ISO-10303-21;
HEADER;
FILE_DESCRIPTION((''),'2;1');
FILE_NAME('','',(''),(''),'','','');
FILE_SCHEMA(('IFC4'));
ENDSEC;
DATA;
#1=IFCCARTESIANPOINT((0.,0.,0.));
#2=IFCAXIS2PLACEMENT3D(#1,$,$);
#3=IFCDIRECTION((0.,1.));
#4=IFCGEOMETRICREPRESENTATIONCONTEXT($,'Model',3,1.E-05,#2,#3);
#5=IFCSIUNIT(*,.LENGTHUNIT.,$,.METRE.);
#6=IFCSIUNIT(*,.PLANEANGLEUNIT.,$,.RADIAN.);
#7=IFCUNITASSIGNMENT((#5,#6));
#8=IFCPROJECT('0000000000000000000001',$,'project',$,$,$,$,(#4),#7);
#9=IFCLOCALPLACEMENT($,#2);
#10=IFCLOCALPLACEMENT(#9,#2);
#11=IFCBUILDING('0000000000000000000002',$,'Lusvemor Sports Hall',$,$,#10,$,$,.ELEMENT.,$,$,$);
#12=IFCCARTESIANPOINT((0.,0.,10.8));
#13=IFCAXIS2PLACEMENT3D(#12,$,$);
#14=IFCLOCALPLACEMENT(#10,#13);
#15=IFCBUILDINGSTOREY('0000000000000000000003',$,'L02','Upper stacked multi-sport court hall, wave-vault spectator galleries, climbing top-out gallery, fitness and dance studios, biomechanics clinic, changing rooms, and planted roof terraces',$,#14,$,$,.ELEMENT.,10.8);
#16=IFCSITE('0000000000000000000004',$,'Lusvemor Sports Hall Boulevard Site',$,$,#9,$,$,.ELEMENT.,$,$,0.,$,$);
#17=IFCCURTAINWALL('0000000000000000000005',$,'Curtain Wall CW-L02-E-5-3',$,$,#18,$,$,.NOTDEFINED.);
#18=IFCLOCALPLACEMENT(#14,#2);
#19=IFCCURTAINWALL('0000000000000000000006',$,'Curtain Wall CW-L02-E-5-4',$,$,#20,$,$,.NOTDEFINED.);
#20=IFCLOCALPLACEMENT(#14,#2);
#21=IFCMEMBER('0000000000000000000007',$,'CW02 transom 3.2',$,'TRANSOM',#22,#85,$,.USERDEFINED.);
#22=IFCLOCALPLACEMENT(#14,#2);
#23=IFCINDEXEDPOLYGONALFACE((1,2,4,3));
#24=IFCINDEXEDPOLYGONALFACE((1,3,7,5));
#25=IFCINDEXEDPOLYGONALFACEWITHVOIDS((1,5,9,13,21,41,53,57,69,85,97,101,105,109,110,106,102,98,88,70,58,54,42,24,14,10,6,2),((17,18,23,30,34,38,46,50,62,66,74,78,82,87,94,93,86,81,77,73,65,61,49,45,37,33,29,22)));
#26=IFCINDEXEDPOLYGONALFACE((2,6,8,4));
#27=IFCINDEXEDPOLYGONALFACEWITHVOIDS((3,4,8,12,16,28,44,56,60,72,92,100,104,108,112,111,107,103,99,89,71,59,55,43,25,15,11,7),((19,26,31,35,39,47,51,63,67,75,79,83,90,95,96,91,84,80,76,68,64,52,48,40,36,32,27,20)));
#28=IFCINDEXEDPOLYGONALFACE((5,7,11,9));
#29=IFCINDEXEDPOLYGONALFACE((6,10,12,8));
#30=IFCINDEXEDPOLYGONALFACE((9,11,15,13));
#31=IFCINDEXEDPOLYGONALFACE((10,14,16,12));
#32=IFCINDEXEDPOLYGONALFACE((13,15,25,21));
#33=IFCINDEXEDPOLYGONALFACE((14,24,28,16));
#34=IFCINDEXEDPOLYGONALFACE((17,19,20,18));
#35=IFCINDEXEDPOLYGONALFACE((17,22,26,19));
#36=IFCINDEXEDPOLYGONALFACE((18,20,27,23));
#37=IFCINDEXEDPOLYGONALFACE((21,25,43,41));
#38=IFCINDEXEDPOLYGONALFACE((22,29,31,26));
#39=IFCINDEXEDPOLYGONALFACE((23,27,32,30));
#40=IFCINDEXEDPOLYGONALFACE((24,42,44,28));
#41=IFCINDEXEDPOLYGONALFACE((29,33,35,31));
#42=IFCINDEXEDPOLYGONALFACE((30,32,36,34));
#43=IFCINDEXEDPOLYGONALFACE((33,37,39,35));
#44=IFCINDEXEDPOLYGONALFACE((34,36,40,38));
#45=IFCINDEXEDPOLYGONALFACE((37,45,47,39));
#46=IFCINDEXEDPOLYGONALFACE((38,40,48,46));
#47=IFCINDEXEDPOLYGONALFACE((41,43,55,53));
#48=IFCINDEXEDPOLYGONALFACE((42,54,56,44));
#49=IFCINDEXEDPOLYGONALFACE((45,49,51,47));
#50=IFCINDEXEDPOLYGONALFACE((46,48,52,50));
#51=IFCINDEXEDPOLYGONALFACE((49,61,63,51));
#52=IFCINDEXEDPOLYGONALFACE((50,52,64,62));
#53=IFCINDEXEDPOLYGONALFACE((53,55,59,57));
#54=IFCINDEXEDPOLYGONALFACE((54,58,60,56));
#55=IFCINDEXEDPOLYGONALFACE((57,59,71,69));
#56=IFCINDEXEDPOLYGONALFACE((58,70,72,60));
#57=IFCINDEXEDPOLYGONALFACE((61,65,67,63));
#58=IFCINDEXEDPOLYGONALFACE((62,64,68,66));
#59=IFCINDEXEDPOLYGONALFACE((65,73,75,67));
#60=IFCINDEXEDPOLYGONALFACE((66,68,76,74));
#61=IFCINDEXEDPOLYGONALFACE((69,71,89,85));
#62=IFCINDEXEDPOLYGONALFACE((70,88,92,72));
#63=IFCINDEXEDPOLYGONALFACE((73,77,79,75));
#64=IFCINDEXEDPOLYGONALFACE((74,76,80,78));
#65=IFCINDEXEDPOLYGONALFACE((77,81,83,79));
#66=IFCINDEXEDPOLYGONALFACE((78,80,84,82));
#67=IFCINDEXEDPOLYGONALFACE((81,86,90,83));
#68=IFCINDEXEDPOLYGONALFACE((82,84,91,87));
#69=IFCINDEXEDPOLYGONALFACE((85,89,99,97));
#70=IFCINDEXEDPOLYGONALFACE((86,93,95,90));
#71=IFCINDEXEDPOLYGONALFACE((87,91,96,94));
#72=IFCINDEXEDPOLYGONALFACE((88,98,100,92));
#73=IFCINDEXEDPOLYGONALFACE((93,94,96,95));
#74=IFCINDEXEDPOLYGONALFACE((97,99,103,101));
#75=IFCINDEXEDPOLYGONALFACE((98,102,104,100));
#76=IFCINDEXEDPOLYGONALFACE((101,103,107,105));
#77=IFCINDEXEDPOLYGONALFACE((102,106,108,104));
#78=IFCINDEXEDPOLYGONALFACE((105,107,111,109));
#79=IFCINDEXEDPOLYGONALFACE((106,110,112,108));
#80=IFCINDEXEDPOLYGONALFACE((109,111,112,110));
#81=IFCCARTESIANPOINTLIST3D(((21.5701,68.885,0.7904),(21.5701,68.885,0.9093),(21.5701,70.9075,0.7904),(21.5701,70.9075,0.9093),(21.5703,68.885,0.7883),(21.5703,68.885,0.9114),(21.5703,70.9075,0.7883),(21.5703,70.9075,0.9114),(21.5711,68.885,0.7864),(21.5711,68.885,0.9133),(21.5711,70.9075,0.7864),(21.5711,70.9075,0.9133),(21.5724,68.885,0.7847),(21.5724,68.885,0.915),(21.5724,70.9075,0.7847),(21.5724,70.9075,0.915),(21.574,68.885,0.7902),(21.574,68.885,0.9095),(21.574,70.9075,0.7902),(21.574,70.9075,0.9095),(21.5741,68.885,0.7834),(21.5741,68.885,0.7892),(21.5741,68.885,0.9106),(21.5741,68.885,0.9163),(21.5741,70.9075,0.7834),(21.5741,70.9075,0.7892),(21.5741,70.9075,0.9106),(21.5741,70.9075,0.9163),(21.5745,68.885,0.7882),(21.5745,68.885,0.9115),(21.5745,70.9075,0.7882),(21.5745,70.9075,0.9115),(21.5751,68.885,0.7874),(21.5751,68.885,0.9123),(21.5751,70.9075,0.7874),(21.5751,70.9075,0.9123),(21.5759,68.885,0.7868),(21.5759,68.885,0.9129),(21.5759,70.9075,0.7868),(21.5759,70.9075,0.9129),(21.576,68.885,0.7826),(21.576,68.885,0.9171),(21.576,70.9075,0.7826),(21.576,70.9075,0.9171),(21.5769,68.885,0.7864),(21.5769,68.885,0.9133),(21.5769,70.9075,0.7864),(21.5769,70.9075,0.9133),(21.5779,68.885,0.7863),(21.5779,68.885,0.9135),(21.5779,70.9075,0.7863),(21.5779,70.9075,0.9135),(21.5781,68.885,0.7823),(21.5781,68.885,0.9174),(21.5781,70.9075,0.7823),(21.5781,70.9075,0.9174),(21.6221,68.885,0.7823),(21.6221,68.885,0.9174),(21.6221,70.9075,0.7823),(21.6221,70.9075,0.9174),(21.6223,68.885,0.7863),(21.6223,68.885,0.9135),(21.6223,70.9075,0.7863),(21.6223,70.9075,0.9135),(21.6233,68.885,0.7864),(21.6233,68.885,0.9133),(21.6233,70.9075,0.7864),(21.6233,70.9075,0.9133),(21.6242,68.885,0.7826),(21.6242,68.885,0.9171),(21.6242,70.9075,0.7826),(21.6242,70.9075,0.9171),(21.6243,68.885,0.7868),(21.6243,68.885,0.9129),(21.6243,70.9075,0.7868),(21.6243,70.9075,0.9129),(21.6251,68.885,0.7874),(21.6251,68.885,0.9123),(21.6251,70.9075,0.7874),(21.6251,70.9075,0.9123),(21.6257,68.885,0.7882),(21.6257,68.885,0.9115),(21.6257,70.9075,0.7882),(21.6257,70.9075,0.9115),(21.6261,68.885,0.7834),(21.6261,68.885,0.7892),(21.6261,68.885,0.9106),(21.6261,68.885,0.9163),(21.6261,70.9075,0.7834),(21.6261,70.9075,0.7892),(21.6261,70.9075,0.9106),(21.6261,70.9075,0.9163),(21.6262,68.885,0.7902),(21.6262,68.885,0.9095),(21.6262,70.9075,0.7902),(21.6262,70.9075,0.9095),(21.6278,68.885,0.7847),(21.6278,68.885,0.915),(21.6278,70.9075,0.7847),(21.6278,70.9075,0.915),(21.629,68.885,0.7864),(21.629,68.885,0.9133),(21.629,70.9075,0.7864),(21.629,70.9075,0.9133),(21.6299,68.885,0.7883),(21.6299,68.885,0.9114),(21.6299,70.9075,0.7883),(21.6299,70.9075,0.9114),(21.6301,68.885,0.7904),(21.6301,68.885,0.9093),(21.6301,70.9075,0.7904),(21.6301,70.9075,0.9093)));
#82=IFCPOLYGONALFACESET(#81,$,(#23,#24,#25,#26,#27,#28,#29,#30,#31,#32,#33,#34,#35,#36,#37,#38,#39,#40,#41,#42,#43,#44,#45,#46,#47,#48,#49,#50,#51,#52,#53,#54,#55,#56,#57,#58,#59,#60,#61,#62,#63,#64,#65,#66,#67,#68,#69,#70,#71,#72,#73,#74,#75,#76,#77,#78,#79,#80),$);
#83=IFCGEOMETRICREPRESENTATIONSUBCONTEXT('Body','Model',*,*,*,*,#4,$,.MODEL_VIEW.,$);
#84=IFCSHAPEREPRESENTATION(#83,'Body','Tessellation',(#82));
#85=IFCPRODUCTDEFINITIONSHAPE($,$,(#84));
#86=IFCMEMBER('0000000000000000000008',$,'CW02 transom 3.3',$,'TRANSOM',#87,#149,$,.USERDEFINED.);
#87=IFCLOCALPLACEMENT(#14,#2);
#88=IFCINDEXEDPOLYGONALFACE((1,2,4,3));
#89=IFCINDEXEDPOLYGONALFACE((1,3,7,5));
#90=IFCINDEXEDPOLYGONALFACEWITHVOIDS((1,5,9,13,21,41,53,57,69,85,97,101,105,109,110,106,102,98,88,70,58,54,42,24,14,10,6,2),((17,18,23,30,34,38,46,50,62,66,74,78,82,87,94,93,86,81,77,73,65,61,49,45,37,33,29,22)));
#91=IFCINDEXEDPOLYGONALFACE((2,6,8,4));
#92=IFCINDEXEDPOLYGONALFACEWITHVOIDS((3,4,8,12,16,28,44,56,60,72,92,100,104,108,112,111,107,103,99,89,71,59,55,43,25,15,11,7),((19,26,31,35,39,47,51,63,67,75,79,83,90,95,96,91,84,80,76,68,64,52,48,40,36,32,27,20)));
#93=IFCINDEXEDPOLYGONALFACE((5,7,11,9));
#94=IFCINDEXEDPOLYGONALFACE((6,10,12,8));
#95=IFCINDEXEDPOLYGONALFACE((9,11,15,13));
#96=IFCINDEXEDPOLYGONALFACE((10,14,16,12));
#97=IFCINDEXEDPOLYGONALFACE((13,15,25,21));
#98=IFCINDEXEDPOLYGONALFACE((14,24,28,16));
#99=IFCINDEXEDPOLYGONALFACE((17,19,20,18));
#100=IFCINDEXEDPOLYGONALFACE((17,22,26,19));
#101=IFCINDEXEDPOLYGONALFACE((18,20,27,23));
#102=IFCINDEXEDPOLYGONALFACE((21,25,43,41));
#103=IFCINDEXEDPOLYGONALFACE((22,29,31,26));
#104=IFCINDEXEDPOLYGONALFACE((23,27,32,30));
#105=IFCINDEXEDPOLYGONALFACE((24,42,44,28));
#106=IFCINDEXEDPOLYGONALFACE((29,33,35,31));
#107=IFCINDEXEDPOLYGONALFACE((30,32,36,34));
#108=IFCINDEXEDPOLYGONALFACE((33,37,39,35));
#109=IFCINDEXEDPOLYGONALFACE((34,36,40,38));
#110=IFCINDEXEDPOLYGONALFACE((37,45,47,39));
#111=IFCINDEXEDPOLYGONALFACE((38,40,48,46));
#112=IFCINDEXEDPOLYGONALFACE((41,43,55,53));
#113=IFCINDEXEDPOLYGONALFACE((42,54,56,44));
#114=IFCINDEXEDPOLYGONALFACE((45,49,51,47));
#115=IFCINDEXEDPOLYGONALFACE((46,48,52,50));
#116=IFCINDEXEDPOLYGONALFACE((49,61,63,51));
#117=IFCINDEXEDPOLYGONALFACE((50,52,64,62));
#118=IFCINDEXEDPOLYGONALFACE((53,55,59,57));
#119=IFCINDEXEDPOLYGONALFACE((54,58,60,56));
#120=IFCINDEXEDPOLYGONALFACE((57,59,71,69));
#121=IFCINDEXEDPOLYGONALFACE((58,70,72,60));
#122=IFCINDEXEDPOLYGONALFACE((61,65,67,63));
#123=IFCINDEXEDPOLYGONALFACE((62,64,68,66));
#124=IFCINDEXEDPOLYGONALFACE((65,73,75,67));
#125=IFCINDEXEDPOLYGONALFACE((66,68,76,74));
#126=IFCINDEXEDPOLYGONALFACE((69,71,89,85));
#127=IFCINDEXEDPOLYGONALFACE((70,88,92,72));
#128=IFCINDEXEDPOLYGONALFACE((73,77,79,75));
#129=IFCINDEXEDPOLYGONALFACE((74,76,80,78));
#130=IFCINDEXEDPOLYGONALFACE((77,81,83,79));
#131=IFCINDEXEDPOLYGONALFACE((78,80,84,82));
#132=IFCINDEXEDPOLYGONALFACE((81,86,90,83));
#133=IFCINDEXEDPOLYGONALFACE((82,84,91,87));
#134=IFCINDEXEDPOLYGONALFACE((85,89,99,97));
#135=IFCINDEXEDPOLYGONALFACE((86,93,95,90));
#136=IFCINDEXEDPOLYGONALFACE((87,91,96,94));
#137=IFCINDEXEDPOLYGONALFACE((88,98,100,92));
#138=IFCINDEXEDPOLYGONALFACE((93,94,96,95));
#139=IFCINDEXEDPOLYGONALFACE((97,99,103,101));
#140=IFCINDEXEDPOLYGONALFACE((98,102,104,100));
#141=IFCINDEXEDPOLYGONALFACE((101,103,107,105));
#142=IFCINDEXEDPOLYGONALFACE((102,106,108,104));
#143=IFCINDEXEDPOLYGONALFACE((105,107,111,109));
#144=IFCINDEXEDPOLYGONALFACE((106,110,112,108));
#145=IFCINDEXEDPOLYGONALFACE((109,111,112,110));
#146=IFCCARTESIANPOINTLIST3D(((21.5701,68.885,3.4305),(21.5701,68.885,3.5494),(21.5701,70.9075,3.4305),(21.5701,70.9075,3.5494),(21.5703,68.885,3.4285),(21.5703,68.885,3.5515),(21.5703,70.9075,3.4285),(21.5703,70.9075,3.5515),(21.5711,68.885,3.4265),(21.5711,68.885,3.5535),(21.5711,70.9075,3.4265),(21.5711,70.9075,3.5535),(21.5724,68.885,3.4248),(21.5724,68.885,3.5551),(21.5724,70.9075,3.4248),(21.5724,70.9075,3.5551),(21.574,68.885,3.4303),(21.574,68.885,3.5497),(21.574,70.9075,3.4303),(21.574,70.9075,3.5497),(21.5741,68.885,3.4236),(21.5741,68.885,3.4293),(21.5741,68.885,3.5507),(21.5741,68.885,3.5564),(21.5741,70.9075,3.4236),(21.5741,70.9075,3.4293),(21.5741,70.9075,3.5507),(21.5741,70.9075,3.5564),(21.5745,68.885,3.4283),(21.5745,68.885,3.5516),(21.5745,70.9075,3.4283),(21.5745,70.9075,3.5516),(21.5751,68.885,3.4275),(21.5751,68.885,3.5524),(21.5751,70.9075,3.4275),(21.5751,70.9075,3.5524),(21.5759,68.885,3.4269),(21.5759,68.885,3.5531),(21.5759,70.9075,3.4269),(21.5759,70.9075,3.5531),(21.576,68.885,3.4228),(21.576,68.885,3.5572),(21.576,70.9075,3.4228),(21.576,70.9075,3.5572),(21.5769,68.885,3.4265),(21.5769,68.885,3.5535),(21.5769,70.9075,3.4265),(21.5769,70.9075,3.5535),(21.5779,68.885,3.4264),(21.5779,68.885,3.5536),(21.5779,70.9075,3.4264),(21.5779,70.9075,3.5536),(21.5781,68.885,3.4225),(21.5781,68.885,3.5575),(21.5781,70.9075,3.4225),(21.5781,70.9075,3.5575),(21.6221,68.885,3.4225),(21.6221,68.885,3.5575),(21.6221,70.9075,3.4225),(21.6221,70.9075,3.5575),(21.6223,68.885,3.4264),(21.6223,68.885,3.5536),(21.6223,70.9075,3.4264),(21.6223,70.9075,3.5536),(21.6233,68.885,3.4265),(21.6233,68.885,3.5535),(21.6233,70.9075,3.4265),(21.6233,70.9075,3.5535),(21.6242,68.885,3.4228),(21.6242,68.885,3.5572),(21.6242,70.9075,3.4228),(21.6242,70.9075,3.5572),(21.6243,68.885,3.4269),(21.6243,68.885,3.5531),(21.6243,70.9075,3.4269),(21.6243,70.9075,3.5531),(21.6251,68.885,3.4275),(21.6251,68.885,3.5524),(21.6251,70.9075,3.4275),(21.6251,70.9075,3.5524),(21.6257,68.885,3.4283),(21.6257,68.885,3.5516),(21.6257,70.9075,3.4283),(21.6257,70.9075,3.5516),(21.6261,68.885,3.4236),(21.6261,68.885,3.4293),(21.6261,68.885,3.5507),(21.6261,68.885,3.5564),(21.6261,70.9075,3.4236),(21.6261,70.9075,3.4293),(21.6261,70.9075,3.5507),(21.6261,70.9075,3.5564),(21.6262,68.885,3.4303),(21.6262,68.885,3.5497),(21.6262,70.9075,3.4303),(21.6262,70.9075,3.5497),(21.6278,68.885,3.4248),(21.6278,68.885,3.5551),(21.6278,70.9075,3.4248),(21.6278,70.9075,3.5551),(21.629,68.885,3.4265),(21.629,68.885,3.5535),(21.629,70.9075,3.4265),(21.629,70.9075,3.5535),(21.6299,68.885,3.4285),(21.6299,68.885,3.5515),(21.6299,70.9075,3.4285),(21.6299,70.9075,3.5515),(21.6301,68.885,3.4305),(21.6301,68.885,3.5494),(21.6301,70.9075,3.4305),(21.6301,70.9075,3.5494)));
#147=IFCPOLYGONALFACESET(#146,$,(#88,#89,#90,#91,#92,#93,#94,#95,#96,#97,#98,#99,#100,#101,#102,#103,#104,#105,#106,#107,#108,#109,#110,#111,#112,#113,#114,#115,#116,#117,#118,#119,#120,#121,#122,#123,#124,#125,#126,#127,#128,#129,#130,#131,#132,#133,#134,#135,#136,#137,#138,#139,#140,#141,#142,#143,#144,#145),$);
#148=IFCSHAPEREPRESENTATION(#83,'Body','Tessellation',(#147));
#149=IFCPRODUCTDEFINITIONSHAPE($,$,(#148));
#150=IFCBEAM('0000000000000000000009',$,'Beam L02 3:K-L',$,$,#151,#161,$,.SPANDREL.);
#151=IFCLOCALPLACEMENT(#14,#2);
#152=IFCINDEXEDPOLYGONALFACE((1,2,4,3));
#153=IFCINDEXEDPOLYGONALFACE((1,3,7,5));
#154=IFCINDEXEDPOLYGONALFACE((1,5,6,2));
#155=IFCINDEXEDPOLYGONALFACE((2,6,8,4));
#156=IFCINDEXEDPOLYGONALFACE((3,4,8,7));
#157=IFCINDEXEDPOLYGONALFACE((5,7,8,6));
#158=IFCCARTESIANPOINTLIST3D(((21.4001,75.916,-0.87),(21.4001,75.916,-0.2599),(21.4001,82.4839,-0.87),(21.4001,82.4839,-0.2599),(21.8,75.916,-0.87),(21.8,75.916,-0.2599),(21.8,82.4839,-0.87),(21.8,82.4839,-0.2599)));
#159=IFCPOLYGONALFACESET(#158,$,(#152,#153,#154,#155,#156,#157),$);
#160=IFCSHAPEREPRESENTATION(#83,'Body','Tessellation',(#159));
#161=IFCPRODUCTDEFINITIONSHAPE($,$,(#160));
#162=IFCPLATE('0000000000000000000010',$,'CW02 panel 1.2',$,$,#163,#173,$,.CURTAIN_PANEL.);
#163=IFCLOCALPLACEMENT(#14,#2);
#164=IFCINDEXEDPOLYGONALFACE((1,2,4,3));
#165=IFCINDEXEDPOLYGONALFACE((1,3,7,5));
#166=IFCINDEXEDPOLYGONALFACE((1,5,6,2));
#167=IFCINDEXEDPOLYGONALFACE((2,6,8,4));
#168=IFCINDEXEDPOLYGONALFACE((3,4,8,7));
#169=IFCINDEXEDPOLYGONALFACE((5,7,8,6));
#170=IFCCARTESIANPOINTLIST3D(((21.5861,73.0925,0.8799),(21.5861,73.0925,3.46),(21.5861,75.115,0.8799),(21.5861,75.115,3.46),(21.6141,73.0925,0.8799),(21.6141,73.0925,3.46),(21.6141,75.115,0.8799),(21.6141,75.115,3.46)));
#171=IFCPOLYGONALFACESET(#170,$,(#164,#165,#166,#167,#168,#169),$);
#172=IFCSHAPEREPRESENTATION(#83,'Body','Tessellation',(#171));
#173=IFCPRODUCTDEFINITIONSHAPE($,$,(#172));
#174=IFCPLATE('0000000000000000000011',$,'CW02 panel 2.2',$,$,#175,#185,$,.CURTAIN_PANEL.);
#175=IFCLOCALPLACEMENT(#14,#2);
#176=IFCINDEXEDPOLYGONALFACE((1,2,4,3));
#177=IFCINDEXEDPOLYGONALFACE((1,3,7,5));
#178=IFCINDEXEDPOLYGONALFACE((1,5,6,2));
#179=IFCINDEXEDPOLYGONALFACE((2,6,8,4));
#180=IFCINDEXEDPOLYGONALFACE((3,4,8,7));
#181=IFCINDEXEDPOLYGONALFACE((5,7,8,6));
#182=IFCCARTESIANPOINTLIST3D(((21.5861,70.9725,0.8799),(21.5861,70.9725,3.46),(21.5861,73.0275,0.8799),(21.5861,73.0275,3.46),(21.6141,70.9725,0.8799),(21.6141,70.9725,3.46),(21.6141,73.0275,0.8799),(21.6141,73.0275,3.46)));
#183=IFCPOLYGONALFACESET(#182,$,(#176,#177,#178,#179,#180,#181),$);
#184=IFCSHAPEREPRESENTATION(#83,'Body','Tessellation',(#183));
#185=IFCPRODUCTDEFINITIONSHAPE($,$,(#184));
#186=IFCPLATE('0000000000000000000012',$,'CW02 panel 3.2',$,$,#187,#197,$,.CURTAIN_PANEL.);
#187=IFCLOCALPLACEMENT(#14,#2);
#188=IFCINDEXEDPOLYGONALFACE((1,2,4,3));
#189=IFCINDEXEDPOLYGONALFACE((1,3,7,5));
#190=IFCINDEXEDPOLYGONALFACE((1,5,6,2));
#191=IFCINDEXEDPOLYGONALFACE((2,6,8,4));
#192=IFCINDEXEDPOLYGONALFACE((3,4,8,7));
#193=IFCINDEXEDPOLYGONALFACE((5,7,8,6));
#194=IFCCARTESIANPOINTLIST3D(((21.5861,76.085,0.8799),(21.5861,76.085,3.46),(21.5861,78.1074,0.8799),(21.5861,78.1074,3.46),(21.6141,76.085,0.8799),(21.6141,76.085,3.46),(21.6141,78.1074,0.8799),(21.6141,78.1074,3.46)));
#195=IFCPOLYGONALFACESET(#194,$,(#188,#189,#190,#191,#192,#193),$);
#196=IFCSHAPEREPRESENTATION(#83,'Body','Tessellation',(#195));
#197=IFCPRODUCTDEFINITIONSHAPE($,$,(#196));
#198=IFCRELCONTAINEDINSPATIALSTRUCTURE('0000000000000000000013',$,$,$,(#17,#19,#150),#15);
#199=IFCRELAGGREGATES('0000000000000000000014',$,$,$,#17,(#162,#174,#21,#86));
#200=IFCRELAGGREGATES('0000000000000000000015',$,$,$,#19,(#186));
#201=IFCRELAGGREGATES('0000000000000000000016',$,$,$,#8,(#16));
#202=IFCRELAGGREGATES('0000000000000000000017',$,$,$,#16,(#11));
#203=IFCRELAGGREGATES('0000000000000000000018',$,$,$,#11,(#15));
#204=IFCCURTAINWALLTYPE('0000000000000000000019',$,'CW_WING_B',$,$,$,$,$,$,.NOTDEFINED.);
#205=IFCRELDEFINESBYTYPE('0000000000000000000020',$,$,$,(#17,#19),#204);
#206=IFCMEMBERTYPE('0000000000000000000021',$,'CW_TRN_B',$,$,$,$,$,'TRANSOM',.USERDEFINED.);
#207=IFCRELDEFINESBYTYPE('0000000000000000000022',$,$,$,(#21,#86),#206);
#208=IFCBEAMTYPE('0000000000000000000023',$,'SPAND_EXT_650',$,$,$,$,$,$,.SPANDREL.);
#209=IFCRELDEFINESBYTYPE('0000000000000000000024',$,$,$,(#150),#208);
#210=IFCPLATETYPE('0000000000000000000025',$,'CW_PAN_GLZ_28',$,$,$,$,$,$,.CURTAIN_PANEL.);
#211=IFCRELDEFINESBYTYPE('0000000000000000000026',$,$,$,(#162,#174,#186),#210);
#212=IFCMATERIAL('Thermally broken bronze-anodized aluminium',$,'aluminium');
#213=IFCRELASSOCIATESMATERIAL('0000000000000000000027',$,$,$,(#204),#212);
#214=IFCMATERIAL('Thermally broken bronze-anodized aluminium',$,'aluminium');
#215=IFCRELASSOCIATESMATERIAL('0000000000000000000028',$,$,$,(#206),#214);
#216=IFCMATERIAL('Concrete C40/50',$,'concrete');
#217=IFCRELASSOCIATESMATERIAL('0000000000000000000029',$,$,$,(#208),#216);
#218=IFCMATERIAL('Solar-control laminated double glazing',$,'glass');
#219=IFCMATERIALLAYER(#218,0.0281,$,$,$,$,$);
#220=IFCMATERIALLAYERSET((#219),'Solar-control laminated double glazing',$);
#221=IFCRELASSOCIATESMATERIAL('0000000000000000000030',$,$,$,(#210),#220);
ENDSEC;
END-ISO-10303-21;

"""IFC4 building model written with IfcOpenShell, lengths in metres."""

from ifc_helpers import new_model, si_unit, direction, frame, origin, origin_2d, place, context, subcontext, project, spatial, rectangle, hollow_rectangle, extrude, material, layer, layer_set, material_profile, profile_set, type_object, element, aggregate, save


model = new_model("IFC4")

# Units and contexts
model_context = context("Model", 3, precision=1e-05, world=origin(), true_north=direction((0.0, 1.0)))
body_context = subcontext(model_context, "Body", "Model", "MODEL_VIEW")
ifc_project = project(units=[si_unit("LENGTHUNIT", "METRE"), si_unit("PLANEANGLEUNIT", "RADIAN")], contexts=[model_context])

# Site, building, storey
site_placement = place(None, origin())
site = spatial("IfcSite", under=ifc_project, at=site_placement, Name="Lusvemor Sports Hall Boulevard Site", CompositionType="ELEMENT", RefElevation=0.0)
building_placement = place(site_placement, origin())
building = spatial("IfcBuilding", under=site, at=building_placement, Name="Lusvemor Sports Hall", CompositionType="ELEMENT")
storey_placement = place(building_placement, frame((0.0, 0.0, 10.8)))
storey = spatial("IfcBuildingStorey", under=building, at=storey_placement, Name="L02", Description="Upper stacked multi-sport court hall, wave-vault spectator galleries, climbing top-out gallery, fitness and dance studios, biomechanics clinic, changing rooms, and planted roof terraces", CompositionType="ELEMENT", Elevation=10.8)

# Curtain wall
ifc_material_1 = material(Name="Thermally broken bronze-anodized aluminium", Category="aluminium")
curtain_wall_type = type_object("IfcCurtainWallType", Name="CW_WING_B", PredefinedType="NOTDEFINED", material=ifc_material_1)
curtain_wall_1_placement = place(storey_placement, origin())
curtain_wall_1 = element("IfcCurtainWall", 1, at=curtain_wall_1_placement, inside=storey, type_object=curtain_wall_type, Name="Curtain Wall CW-L02-E-5-3", PredefinedType="NOTDEFINED")

# Curtain wall
curtain_wall_2_placement = place(storey_placement, origin())
curtain_wall_2 = element("IfcCurtainWall", 2, at=curtain_wall_2_placement, inside=storey, type_object=curtain_wall_type, Name="Curtain Wall CW-L02-E-5-4", PredefinedType="NOTDEFINED")

# Members
ifc_material_2 = material(Name="Thermally broken bronze-anodized aluminium", Category="aluminium")
ifc_material_profile_1 = material_profile(ifc_material_2, hollow_rectangle(XDim=0.0601, YDim=0.135, WallThickness=0.0039, InnerFilletRadius=0.0039, OuterFilletRadius=0.0081, at=origin_2d()), Name="CWTRN135x60x4")
ifc_profile_set_1 = profile_set([ifc_material_profile_1], Name="Thermally broken bronze-anodized aluminium")
member_type_1 = type_object("IfcMemberType", Name="CW_TRN_B", ElementType="TRANSOM", PredefinedType="USERDEFINED", material=ifc_profile_set_1)
member_1_placement = place(storey_placement, frame((21.6001, 70.9075, 0.8499), z_axis=(0.0, -1.0, 0.0), x_axis=(1.0, 0.0, 0.0)))
member_1 = element("IfcMember", 3, at=member_1_placement, type_object=member_type_1, Name="CW02 transom 3.2", ObjectType="TRANSOM", PredefinedType="USERDEFINED", context=body_context, shape_type="SweptSolid", body=[
    extrude(hollow_rectangle(XDim=0.0601, YDim=0.135, WallThickness=0.0039, InnerFilletRadius=0.0039, OuterFilletRadius=0.0081, at=origin_2d()), origin(), (0.0, 0.0, 1.0), 2.0225),
])
member_2_placement = place(storey_placement, frame((21.6001, 70.9075, 3.49), z_axis=(0.0, -1.0, 0.0), x_axis=(1.0, 0.0, 0.0)))
member_2 = element("IfcMember", 4, at=member_2_placement, type_object=member_type_1, Name="CW02 transom 3.3", ObjectType="TRANSOM", PredefinedType="USERDEFINED", context=body_context, shape_type="SweptSolid", body=[
    extrude(hollow_rectangle(XDim=0.0601, YDim=0.135, WallThickness=0.0039, InnerFilletRadius=0.0039, OuterFilletRadius=0.0081, at=origin_2d()), origin(), (0.0, 0.0, 1.0), 2.0225),
])

# Beam
ifc_material_3 = material(Name="Concrete C40/50", Category="concrete")
ifc_material_profile_2 = material_profile(ifc_material_3, rectangle(XDim=0.3999, YDim=0.6101, at=origin_2d()), Name="RC400x610")
ifc_profile_set_2 = profile_set([ifc_material_profile_2], Name="Concrete C40/50")
beam_type = type_object("IfcBeamType", Name="SPAND_EXT_650", PredefinedType="SPANDREL", material=ifc_profile_set_2)
beam_placement = place(storey_placement, frame((21.6001, 75.916, -0.5649), z_axis=(0.0, 1.0, 0.0), x_axis=(-1.0, 0.0, 0.0)))
element("IfcBeam", 5, at=beam_placement, inside=storey, type_object=beam_type, Name="Beam L02 3:K-L", PredefinedType="SPANDREL", context=body_context, shape_type="SweptSolid", body=[
    extrude(rectangle(XDim=0.3999, YDim=0.6101, at=origin_2d()), origin(), (0.0, 0.0, 1.0), 6.5679),
])

# Plates
ifc_material_4 = material(Name="Solar-control laminated double glazing", Category="glass")
ifc_layer_1 = layer(ifc_material_4, 0.0281)
ifc_layer_set_1 = layer_set([ifc_layer_1], Name="Solar-control laminated double glazing")
plate_type_1 = type_object("IfcPlateType", Name="CW_PAN_GLZ_28", PredefinedType="CURTAIN_PANEL", material=ifc_layer_set_1)
plate_1_placement = place(storey_placement, frame((21.6001, 74.1038, 0.8799), z_axis=(0.0, 0.0, 1.0), x_axis=(0.0, -1.0, 0.0)))
plate_1 = element("IfcPlate", 6, at=plate_1_placement, type_object=plate_type_1, Name="CW02 panel 1.2", PredefinedType="CURTAIN_PANEL", context=body_context, shape_type="SweptSolid", body=[
    extrude(rectangle(XDim=2.0225, YDim=0.0281, at=origin_2d()), origin(), (0.0, 0.0, 1.0), 2.5801),
])
plate_2_placement = place(storey_placement, frame((21.6001, 72.0, 0.8799), z_axis=(0.0, 0.0, 1.0), x_axis=(0.0, -1.0, 0.0)))
plate_2 = element("IfcPlate", 7, at=plate_2_placement, type_object=plate_type_1, Name="CW02 panel 2.2", PredefinedType="CURTAIN_PANEL", context=body_context, shape_type="SweptSolid", body=[
    extrude(rectangle(XDim=2.0549, YDim=0.0281, at=origin_2d()), origin(), (0.0, 0.0, 1.0), 2.5801),
])
plate_3_placement = place(storey_placement, frame((21.6001, 77.0962, 0.8799), z_axis=(0.0, 0.0, 1.0), x_axis=(0.0, -1.0, 0.0)))
plate_3 = element("IfcPlate", 8, at=plate_3_placement, type_object=plate_type_1, Name="CW02 panel 3.2", PredefinedType="CURTAIN_PANEL", context=body_context, shape_type="SweptSolid", body=[
    extrude(rectangle(XDim=2.0225, YDim=0.0281, at=origin_2d()), origin(), (0.0, 0.0, 1.0), 2.5801),
])
aggregate(curtain_wall_1, [plate_1, plate_2, member_1, member_2])
aggregate(curtain_wall_2, [plate_3])

save(model, "model.ifc")
